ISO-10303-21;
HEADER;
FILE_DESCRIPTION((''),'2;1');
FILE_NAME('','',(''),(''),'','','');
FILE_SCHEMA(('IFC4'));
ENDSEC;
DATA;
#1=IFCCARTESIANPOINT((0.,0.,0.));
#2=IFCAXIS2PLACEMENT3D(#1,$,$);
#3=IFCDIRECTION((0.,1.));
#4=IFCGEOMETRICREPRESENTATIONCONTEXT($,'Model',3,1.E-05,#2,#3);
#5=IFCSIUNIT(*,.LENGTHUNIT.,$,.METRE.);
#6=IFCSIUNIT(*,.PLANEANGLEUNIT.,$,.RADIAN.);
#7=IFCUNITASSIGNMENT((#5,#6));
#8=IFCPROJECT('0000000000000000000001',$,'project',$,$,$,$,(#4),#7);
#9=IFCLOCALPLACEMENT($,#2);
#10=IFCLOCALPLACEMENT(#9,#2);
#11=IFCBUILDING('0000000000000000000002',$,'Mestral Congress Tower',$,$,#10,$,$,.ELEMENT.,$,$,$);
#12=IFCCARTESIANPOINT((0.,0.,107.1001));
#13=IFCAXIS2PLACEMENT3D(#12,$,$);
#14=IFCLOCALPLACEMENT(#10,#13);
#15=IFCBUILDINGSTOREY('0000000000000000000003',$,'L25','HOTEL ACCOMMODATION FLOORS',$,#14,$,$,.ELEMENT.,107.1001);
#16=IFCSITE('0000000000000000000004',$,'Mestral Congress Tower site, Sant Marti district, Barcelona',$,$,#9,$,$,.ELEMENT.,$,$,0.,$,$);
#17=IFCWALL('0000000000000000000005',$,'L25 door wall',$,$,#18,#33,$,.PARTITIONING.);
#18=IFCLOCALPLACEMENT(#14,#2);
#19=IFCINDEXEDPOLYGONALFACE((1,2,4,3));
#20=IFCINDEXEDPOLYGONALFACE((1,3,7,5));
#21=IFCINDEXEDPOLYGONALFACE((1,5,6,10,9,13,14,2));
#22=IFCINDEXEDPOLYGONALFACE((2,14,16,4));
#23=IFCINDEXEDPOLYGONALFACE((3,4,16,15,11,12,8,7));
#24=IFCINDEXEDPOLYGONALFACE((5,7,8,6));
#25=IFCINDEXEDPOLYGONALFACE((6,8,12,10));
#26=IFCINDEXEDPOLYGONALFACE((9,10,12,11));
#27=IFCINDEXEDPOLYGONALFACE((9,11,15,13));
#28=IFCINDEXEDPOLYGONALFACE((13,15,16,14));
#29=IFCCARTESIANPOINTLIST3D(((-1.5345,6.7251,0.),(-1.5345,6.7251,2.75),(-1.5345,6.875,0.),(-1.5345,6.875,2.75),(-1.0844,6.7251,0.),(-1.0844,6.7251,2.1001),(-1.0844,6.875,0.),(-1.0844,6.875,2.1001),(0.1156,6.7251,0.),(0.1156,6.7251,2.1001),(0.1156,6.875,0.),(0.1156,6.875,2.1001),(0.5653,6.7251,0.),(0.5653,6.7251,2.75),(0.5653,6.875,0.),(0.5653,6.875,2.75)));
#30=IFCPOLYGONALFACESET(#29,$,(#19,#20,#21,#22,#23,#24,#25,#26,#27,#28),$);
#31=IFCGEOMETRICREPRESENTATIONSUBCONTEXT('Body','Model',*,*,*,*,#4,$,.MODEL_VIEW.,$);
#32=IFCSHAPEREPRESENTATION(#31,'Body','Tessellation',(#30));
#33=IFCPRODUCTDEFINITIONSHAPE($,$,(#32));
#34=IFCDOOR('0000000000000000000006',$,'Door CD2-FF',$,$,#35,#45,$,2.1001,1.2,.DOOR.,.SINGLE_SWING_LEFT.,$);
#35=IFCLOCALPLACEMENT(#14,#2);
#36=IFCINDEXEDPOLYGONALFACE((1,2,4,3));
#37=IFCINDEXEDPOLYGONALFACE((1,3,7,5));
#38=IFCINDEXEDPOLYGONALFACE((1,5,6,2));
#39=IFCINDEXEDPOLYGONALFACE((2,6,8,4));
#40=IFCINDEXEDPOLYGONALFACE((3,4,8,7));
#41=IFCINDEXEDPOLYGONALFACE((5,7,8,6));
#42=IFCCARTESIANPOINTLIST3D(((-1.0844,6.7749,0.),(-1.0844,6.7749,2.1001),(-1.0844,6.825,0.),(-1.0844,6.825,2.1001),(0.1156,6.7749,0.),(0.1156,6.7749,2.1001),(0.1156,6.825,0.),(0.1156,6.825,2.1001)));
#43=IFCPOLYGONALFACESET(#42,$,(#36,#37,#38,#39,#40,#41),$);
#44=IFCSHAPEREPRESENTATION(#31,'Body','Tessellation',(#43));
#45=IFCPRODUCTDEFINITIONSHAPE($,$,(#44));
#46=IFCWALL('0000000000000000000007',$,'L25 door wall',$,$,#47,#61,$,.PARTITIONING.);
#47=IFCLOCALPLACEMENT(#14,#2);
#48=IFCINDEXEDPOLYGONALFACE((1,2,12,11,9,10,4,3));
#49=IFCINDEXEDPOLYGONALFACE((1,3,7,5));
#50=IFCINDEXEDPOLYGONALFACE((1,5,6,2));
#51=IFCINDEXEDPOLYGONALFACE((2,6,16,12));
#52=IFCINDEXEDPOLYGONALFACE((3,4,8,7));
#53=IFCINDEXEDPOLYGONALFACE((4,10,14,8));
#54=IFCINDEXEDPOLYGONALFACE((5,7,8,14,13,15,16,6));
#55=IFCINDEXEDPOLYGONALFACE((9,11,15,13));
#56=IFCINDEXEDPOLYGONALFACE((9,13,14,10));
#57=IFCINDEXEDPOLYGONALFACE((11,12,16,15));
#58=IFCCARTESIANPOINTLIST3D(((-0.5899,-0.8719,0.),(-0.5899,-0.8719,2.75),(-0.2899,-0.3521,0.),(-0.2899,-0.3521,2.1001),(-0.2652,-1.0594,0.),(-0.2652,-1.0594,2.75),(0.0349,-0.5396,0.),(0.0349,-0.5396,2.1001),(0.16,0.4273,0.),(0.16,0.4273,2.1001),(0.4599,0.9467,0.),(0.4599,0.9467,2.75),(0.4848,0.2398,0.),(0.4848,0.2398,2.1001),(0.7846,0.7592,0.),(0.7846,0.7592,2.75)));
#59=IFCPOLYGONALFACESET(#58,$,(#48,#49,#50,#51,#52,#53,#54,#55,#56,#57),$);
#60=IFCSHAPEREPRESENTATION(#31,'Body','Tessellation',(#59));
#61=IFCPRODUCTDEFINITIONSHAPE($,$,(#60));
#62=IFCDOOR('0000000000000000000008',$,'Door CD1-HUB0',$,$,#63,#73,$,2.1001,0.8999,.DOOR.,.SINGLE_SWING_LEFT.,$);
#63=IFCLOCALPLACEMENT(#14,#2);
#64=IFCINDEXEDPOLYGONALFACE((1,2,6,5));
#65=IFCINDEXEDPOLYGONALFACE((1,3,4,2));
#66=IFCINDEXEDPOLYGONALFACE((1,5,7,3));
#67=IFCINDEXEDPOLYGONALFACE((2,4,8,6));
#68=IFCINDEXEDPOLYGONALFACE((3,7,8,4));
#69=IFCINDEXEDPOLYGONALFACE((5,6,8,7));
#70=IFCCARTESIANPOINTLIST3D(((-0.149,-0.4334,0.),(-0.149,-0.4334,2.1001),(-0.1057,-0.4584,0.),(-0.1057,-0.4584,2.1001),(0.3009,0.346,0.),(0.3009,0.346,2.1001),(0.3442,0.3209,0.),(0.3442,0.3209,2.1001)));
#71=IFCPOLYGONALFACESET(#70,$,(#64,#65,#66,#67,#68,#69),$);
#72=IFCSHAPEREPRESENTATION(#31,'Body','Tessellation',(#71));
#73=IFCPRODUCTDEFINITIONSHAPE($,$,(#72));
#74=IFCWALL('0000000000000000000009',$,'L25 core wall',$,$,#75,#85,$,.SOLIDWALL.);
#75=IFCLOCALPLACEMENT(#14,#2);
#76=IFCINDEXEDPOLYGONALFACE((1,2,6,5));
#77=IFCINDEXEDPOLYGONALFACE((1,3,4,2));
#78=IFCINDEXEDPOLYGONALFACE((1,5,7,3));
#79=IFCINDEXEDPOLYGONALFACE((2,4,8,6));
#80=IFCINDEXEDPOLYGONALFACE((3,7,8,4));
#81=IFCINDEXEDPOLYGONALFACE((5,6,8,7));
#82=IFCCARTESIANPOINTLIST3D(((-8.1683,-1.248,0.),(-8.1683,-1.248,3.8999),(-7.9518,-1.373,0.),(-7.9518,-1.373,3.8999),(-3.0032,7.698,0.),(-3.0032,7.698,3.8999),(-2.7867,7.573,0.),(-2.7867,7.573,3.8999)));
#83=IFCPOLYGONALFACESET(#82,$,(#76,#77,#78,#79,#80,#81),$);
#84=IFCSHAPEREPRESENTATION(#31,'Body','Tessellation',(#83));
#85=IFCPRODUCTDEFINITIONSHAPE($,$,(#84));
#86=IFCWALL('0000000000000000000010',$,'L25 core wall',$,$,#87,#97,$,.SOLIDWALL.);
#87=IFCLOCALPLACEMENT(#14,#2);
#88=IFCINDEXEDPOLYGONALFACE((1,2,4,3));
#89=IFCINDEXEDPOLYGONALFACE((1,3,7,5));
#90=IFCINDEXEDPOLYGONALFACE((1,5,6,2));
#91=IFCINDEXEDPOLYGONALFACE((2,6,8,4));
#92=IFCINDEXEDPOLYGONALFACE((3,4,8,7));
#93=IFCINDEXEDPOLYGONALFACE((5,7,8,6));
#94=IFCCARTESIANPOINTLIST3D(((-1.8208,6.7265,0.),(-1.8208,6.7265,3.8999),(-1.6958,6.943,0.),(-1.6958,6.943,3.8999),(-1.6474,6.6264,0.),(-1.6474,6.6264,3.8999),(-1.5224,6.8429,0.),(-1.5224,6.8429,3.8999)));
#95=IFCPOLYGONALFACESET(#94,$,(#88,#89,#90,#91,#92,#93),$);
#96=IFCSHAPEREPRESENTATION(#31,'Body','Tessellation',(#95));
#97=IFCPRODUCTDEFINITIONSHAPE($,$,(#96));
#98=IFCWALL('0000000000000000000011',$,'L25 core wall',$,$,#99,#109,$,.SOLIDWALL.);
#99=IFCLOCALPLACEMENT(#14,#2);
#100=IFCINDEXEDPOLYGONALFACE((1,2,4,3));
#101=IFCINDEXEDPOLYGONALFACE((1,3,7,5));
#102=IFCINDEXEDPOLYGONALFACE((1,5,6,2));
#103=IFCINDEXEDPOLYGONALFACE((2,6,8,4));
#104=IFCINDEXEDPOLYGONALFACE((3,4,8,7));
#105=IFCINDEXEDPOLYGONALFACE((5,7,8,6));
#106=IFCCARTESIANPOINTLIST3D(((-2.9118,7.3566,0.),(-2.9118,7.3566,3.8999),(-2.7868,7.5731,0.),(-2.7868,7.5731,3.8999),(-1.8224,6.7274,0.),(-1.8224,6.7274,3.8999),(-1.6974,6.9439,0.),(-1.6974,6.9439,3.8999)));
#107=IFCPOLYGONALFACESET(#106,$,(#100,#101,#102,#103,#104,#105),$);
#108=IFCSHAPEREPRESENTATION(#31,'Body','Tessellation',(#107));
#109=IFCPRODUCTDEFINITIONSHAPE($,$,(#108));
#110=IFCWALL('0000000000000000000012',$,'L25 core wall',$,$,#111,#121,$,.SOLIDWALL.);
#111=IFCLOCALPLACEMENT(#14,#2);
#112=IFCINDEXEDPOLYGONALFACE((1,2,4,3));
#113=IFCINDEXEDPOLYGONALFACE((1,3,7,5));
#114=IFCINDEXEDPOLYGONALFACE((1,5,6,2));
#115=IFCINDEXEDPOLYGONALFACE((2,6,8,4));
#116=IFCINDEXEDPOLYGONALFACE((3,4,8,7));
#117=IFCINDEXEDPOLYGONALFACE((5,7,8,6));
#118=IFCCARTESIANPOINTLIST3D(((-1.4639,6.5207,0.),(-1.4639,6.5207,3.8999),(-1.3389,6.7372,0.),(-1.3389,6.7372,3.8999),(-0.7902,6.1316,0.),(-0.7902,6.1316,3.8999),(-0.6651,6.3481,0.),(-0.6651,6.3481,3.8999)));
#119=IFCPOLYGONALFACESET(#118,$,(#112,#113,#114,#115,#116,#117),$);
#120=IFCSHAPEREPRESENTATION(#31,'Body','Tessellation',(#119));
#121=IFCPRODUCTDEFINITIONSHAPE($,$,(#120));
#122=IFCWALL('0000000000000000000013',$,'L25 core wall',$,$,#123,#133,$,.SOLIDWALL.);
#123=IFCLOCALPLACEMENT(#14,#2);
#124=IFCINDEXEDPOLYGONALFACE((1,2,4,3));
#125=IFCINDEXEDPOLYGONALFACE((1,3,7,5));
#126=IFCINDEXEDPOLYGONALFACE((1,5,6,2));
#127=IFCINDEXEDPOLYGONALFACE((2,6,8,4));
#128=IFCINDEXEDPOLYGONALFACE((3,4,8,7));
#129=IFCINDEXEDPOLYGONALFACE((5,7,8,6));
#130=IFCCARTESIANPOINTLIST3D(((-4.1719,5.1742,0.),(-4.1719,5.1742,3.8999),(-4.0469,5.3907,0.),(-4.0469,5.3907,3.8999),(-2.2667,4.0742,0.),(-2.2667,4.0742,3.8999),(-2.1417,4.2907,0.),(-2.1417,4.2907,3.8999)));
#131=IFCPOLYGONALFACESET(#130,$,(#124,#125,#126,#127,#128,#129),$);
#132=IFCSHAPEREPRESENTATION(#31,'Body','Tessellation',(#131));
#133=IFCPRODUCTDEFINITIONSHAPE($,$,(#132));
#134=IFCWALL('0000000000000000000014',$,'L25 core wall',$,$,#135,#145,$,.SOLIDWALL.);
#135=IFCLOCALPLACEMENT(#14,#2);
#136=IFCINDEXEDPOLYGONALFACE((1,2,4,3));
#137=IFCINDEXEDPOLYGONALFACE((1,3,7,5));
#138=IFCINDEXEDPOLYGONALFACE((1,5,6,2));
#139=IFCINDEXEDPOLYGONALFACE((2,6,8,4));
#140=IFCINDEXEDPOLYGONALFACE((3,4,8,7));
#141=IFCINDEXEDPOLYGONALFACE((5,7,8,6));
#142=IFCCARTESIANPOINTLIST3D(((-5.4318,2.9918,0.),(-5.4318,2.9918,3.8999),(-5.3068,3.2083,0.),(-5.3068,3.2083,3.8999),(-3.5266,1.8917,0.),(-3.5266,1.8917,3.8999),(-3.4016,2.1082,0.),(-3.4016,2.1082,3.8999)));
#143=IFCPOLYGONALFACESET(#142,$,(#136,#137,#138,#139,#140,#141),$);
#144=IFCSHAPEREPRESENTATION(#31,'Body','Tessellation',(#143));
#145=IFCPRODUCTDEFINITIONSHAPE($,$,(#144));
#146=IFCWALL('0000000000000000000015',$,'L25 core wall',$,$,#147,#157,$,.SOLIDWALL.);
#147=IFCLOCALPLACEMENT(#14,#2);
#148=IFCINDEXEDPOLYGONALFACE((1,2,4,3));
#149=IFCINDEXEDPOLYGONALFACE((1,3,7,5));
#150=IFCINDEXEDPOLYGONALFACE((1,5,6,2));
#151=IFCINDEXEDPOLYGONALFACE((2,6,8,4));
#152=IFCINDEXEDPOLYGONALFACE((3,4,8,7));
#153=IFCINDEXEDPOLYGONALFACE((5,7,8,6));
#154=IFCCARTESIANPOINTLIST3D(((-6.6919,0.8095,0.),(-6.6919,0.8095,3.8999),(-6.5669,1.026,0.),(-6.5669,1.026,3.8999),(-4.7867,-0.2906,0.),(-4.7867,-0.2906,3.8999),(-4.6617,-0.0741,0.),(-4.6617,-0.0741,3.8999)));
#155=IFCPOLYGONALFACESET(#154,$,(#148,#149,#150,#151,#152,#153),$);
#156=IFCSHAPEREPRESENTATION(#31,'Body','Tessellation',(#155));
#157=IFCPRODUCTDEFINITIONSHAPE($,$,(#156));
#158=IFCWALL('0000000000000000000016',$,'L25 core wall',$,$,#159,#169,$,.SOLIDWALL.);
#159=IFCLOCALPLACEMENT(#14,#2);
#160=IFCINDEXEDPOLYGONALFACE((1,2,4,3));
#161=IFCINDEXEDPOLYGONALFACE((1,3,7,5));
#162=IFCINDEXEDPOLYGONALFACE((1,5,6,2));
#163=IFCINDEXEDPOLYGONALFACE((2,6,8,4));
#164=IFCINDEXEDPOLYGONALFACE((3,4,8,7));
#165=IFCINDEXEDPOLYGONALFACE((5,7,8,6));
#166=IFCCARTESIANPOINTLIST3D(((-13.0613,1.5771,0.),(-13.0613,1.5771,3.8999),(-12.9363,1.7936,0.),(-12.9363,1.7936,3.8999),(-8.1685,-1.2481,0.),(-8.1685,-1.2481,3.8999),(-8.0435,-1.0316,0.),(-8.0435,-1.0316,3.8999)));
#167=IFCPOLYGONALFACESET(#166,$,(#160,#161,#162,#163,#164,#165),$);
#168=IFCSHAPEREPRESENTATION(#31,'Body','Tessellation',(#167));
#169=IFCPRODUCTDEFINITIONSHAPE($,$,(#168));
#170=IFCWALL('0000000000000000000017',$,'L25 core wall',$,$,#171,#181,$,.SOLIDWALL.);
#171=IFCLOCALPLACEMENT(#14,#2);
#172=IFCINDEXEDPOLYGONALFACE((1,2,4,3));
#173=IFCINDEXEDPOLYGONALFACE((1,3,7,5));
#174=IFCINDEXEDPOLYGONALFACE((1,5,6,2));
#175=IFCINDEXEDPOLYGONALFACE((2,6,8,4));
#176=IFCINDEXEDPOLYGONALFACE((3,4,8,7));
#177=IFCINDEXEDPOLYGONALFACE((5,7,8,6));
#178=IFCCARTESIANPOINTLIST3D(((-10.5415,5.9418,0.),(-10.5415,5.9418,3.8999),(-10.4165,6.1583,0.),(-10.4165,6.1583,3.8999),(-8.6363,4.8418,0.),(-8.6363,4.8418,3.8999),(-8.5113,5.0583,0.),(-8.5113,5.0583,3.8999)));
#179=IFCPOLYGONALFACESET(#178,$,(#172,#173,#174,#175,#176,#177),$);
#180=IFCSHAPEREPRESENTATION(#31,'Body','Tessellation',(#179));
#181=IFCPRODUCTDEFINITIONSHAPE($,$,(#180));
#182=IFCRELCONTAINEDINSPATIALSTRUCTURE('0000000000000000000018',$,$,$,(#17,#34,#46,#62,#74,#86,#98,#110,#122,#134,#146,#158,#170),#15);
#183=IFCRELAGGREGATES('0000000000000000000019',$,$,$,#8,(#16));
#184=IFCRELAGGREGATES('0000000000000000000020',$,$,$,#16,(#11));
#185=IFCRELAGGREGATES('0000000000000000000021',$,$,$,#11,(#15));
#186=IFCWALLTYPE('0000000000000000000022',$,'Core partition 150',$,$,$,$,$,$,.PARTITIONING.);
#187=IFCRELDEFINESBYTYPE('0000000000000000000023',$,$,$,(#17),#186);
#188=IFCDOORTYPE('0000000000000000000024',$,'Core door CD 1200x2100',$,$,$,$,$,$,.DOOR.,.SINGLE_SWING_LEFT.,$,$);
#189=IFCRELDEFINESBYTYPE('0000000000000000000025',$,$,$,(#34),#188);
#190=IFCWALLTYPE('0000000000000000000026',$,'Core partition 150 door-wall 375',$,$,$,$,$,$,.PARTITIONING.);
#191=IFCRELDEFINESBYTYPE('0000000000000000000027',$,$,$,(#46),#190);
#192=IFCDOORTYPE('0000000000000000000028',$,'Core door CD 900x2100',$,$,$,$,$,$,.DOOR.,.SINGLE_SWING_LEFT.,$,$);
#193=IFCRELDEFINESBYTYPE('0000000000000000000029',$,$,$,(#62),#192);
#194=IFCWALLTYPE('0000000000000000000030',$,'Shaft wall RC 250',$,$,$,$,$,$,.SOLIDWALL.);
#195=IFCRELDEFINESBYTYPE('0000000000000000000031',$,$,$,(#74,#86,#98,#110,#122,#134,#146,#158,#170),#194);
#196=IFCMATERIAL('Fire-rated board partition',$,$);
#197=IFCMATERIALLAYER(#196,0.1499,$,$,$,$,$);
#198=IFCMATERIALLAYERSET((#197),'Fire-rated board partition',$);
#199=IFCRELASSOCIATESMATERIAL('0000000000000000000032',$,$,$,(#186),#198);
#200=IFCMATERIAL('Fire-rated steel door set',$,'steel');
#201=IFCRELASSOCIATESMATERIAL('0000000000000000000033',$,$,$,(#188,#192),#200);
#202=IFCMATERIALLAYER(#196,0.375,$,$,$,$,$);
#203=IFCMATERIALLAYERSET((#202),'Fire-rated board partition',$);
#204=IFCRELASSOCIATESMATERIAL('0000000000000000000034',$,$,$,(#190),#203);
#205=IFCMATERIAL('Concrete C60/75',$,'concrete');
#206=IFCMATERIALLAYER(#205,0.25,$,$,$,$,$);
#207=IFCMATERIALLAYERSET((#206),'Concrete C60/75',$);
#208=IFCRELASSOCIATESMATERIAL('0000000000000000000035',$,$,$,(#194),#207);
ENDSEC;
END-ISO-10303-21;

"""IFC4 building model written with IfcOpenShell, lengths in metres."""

from ifc_helpers import new_model, si_unit, direction, frame, frame_2d, origin, place, context, subcontext, project, spatial, rectangle, extrude, material, layer, layer_set, type_object, element, fill, save


model = new_model("IFC4")

# Units and contexts
model_context = context("Model", 3, precision=1e-05, world=origin(), true_north=direction((0.0, 1.0)))
body_context = subcontext(model_context, "Body", "Model", "MODEL_VIEW")
ifc_project = project(units=[si_unit("LENGTHUNIT", "METRE"), si_unit("PLANEANGLEUNIT", "RADIAN")], contexts=[model_context])

# Site, building, storey
site_placement = place(None, origin())
site = spatial("IfcSite", under=ifc_project, at=site_placement, Name="Mestral Congress Tower site, Sant Marti district, Barcelona", CompositionType="ELEMENT", RefElevation=0.0)
building_placement = place(site_placement, origin())
building = spatial("IfcBuilding", under=site, at=building_placement, Name="Mestral Congress Tower", CompositionType="ELEMENT")
storey_placement = place(building_placement, frame((0.0, 0.0, 107.1001)))
storey = spatial("IfcBuildingStorey", under=building, at=storey_placement, Name="L25", Description="HOTEL ACCOMMODATION FLOORS", CompositionType="ELEMENT", Elevation=107.1001)

# Walls, openings, doors
ifc_material_1 = material(Name="Fire-rated board partition")
ifc_layer_1 = layer(ifc_material_1, 0.1499)
ifc_layer_set_1 = layer_set([ifc_layer_1], Name="Fire-rated board partition")
wall_type_1 = type_object("IfcWallType", Name="Core partition 150", PredefinedType="PARTITIONING", material=ifc_layer_set_1)
wall_1_placement = place(storey_placement, frame((-1.5344, 6.8, 0.0), z_axis=(0.0, 0.0, 1.0), x_axis=(1.0, 0.0, 0.0)))
wall_1 = element("IfcWall", 1, at=wall_1_placement, inside=storey, type_object=wall_type_1, Name="L25 door wall", PredefinedType="PARTITIONING", context=body_context, shape_type="SweptSolid", body=[
    extrude(rectangle(XDim=2.0999, YDim=0.1499, at=frame_2d((1.0498, 0.0))), origin(), (0.0, 0.0, 1.0), 2.75),
])
opening_1_placement = place(wall_1_placement, frame((0.45, 0.0, 0.0)))
opening_1 = element("IfcOpeningElement", 2, at=opening_1_placement, cuts=wall_1, PredefinedType="OPENING", context=body_context, shape_type="SweptSolid", body=[
    extrude(rectangle(XDim=1.2, YDim=2.1001, at=frame_2d((0.6001, 1.05))), frame((0.0, 0.085, 0.0), z_axis=(0.0, -1.0, 0.0), x_axis=(1.0, 0.0, 0.0)), (0.0, 0.0, 1.0), 0.1699),
])
ifc_material_2 = material(Name="Fire-rated steel door set", Category="steel")
door_type_1 = type_object("IfcDoorType", Name="Core door CD 1200x2100", OperationType="SINGLE_SWING_LEFT", PredefinedType="DOOR", material=ifc_material_2)
door_1_placement = place(opening_1_placement, origin())
door_1 = element("IfcDoor", 3, at=door_1_placement, inside=storey, type_object=door_type_1, Name="Door CD2-FF", OperationType="SINGLE_SWING_LEFT", OverallHeight=2.1001, OverallWidth=1.2, PredefinedType="DOOR", context=body_context, shape_type="SweptSolid", body=[
    extrude(rectangle(XDim=1.2, YDim=2.1001, at=frame_2d((0.6001, 1.05))), frame((0.0, 0.0249, 0.0), z_axis=(0.0, -1.0, 0.0), x_axis=(1.0, 0.0, 0.0)), (0.0, 0.0, 1.0), 0.05),
])
fill(opening_1, door_1)
ifc_layer_2 = layer(ifc_material_1, 0.375)
ifc_layer_set_2 = layer_set([ifc_layer_2], Name="Fire-rated board partition")
wall_type_2 = type_object("IfcWallType", Name="Core partition 150 door-wall 375", PredefinedType="PARTITIONING", material=ifc_layer_set_2)
wall_2_placement = place(storey_placement, frame((-0.4275, -0.9656, 0.0), z_axis=(0.0, 0.0, 1.0), x_axis=(0.499941, 0.86606, 0.0)))
wall_2 = element("IfcWall", 4, at=wall_2_placement, inside=storey, type_object=wall_type_2, Name="L25 door wall", PredefinedType="PARTITIONING", context=body_context, shape_type="SweptSolid", body=[
    extrude(rectangle(XDim=2.0999, YDim=0.375, at=frame_2d((1.0498, 0.0))), origin(), (0.0, 0.0, 1.0), 2.75),
])
opening_2_placement = place(wall_2_placement, frame((0.6001, 0.0, 0.0)))
opening_2 = element("IfcOpeningElement", 5, at=opening_2_placement, cuts=wall_2, PredefinedType="OPENING", context=body_context, shape_type="SweptSolid", body=[
    extrude(rectangle(XDim=0.8999, YDim=2.1001, at=frame_2d((0.45, 1.05))), frame((0.0, 0.1975, 0.0), z_axis=(0.0, -1.0, 0.0), x_axis=(1.0, 0.0, 0.0)), (0.0, 0.0, 1.0), 0.395),
])
door_type_2 = type_object("IfcDoorType", Name="Core door CD 900x2100", OperationType="SINGLE_SWING_LEFT", PredefinedType="DOOR", material=ifc_material_2)
door_2_placement = place(opening_2_placement, origin())
door_2 = element("IfcDoor", 6, at=door_2_placement, inside=storey, type_object=door_type_2, Name="Door CD1-HUB0", OperationType="SINGLE_SWING_LEFT", OverallHeight=2.1001, OverallWidth=0.8999, PredefinedType="DOOR", context=body_context, shape_type="SweptSolid", body=[
    extrude(rectangle(XDim=0.8999, YDim=2.1001, at=frame_2d((0.45, 1.05))), frame((0.0, 0.0249, 0.0), z_axis=(0.0, -1.0, 0.0), x_axis=(1.0, 0.0, 0.0)), (0.0, 0.0, 1.0), 0.05),
])
fill(opening_2, door_2)

# Walls
ifc_material_3 = material(Name="Concrete C60/75", Category="concrete")
ifc_layer_3 = layer(ifc_material_3, 0.25)
ifc_layer_set_3 = layer_set([ifc_layer_3], Name="Concrete C60/75")
wall_type_3 = type_object("IfcWallType", Name="Shaft wall RC 250", PredefinedType="SOLIDWALL", material=ifc_layer_set_3)
wall_3_placement = place(storey_placement, frame((-8.0601, -1.3105, 0.0), z_axis=(0.0, 0.0, 1.0), x_axis=(0.500003, 0.866024, 0.0)))
element("IfcWall", 7, at=wall_3_placement, inside=storey, type_object=wall_type_3, Name="L25 core wall", PredefinedType="SOLIDWALL", context=body_context, shape_type="SweptSolid", body=[
    extrude(rectangle(XDim=10.3301, YDim=0.25, at=frame_2d((5.165, 0.0))), origin(), (0.0, 0.0, 1.0), 3.8999),
])
wall_4_placement = place(storey_placement, frame((-1.7583, 6.8347, 0.0), z_axis=(0.0, 0.0, 1.0), x_axis=(0.865982, -0.500074, 0.0)))
element("IfcWall", 8, at=wall_4_placement, inside=storey, type_object=wall_type_3, Name="L25 core wall", PredefinedType="SOLIDWALL", context=body_context, shape_type="SweptSolid", body=[
    extrude(rectangle(XDim=0.2002, YDim=0.25, at=frame_2d((0.1001, 0.0))), origin(), (0.0, 0.0, 1.0), 3.8999),
])
wall_5_placement = place(storey_placement, frame((-1.76, 6.8357, 0.0), z_axis=(0.0, 0.0, 1.0), x_axis=(-0.865953, 0.500126, 0.0)))
element("IfcWall", 9, at=wall_5_placement, inside=storey, type_object=wall_type_3, Name="L25 core wall", PredefinedType="SOLIDWALL", context=body_context, shape_type="SweptSolid", body=[
    extrude(rectangle(XDim=1.2581, YDim=0.25, at=frame_2d((0.6289, 0.0))), origin(), (0.0, 0.0, 1.0), 3.8999),
])
wall_6_placement = place(storey_placement, frame((-0.7275, 6.2397, 0.0), z_axis=(0.0, 0.0, 1.0), x_axis=(-0.865956, 0.500121, 0.0)))
element("IfcWall", 10, at=wall_6_placement, inside=storey, type_object=wall_type_3, Name="L25 core wall", PredefinedType="SOLIDWALL", context=body_context, shape_type="SweptSolid", body=[
    extrude(rectangle(XDim=0.7781, YDim=0.25, at=frame_2d((0.3892, 0.0))), origin(), (0.0, 0.0, 1.0), 3.8999),
])
for number, where, z_axis, x_axis, name in (
    (11, (-2.2041, 4.1824, 0.0), (0.0, 0.0, 1.0), (-0.866008, 0.50003, 0.0), "L25 core wall"),
    (12, (-5.3694, 3.1001, 0.0), (0.0, 0.0, 1.0), (0.866008, -0.50003, 0.0), "L25 core wall"),
    (13, (-4.7241, -0.1824, 0.0), (0.0, 0.0, 1.0), (-0.866008, 0.50003, 0.0), "L25 core wall"),
):
    element("IfcWall", number, at=place(storey_placement, frame(where, z_axis=z_axis, x_axis=x_axis)), inside=storey, type_object=wall_type_3, Name=name, PredefinedType="SOLIDWALL", context=body_context, shape_type="SweptSolid", body=[
        extrude(rectangle(XDim=2.2, YDim=0.25, at=frame_2d((1.1001, 0.0))), origin(), (0.0, 0.0, 1.0), 3.8999),
    ])
wall_7_placement = place(storey_placement, frame((-8.106, -1.1399, 0.0), z_axis=(0.0, 0.0, 1.0), x_axis=(-0.866001, 0.500043, 0.0)))
element("IfcWall", 14, at=wall_7_placement, inside=storey, type_object=wall_type_3, Name="L25 core wall", PredefinedType="SOLIDWALL", context=body_context, shape_type="SweptSolid", body=[
    extrude(rectangle(XDim=5.6499, YDim=0.25, at=frame_2d((2.825, 0.0))), origin(), (0.0, 0.0, 1.0), 3.8999),
])
wall_8_placement = place(storey_placement, frame((-8.5737, 4.95, 0.0), z_axis=(0.0, 0.0, 1.0), x_axis=(-0.866008, 0.50003, 0.0)))
element("IfcWall", 15, at=wall_8_placement, inside=storey, type_object=wall_type_3, Name="L25 core wall", PredefinedType="SOLIDWALL", context=body_context, shape_type="SweptSolid", body=[
    extrude(rectangle(XDim=2.2, YDim=0.25, at=frame_2d((1.1001, 0.0))), origin(), (0.0, 0.0, 1.0), 3.8999),
])

save(model, "model.ifc")
